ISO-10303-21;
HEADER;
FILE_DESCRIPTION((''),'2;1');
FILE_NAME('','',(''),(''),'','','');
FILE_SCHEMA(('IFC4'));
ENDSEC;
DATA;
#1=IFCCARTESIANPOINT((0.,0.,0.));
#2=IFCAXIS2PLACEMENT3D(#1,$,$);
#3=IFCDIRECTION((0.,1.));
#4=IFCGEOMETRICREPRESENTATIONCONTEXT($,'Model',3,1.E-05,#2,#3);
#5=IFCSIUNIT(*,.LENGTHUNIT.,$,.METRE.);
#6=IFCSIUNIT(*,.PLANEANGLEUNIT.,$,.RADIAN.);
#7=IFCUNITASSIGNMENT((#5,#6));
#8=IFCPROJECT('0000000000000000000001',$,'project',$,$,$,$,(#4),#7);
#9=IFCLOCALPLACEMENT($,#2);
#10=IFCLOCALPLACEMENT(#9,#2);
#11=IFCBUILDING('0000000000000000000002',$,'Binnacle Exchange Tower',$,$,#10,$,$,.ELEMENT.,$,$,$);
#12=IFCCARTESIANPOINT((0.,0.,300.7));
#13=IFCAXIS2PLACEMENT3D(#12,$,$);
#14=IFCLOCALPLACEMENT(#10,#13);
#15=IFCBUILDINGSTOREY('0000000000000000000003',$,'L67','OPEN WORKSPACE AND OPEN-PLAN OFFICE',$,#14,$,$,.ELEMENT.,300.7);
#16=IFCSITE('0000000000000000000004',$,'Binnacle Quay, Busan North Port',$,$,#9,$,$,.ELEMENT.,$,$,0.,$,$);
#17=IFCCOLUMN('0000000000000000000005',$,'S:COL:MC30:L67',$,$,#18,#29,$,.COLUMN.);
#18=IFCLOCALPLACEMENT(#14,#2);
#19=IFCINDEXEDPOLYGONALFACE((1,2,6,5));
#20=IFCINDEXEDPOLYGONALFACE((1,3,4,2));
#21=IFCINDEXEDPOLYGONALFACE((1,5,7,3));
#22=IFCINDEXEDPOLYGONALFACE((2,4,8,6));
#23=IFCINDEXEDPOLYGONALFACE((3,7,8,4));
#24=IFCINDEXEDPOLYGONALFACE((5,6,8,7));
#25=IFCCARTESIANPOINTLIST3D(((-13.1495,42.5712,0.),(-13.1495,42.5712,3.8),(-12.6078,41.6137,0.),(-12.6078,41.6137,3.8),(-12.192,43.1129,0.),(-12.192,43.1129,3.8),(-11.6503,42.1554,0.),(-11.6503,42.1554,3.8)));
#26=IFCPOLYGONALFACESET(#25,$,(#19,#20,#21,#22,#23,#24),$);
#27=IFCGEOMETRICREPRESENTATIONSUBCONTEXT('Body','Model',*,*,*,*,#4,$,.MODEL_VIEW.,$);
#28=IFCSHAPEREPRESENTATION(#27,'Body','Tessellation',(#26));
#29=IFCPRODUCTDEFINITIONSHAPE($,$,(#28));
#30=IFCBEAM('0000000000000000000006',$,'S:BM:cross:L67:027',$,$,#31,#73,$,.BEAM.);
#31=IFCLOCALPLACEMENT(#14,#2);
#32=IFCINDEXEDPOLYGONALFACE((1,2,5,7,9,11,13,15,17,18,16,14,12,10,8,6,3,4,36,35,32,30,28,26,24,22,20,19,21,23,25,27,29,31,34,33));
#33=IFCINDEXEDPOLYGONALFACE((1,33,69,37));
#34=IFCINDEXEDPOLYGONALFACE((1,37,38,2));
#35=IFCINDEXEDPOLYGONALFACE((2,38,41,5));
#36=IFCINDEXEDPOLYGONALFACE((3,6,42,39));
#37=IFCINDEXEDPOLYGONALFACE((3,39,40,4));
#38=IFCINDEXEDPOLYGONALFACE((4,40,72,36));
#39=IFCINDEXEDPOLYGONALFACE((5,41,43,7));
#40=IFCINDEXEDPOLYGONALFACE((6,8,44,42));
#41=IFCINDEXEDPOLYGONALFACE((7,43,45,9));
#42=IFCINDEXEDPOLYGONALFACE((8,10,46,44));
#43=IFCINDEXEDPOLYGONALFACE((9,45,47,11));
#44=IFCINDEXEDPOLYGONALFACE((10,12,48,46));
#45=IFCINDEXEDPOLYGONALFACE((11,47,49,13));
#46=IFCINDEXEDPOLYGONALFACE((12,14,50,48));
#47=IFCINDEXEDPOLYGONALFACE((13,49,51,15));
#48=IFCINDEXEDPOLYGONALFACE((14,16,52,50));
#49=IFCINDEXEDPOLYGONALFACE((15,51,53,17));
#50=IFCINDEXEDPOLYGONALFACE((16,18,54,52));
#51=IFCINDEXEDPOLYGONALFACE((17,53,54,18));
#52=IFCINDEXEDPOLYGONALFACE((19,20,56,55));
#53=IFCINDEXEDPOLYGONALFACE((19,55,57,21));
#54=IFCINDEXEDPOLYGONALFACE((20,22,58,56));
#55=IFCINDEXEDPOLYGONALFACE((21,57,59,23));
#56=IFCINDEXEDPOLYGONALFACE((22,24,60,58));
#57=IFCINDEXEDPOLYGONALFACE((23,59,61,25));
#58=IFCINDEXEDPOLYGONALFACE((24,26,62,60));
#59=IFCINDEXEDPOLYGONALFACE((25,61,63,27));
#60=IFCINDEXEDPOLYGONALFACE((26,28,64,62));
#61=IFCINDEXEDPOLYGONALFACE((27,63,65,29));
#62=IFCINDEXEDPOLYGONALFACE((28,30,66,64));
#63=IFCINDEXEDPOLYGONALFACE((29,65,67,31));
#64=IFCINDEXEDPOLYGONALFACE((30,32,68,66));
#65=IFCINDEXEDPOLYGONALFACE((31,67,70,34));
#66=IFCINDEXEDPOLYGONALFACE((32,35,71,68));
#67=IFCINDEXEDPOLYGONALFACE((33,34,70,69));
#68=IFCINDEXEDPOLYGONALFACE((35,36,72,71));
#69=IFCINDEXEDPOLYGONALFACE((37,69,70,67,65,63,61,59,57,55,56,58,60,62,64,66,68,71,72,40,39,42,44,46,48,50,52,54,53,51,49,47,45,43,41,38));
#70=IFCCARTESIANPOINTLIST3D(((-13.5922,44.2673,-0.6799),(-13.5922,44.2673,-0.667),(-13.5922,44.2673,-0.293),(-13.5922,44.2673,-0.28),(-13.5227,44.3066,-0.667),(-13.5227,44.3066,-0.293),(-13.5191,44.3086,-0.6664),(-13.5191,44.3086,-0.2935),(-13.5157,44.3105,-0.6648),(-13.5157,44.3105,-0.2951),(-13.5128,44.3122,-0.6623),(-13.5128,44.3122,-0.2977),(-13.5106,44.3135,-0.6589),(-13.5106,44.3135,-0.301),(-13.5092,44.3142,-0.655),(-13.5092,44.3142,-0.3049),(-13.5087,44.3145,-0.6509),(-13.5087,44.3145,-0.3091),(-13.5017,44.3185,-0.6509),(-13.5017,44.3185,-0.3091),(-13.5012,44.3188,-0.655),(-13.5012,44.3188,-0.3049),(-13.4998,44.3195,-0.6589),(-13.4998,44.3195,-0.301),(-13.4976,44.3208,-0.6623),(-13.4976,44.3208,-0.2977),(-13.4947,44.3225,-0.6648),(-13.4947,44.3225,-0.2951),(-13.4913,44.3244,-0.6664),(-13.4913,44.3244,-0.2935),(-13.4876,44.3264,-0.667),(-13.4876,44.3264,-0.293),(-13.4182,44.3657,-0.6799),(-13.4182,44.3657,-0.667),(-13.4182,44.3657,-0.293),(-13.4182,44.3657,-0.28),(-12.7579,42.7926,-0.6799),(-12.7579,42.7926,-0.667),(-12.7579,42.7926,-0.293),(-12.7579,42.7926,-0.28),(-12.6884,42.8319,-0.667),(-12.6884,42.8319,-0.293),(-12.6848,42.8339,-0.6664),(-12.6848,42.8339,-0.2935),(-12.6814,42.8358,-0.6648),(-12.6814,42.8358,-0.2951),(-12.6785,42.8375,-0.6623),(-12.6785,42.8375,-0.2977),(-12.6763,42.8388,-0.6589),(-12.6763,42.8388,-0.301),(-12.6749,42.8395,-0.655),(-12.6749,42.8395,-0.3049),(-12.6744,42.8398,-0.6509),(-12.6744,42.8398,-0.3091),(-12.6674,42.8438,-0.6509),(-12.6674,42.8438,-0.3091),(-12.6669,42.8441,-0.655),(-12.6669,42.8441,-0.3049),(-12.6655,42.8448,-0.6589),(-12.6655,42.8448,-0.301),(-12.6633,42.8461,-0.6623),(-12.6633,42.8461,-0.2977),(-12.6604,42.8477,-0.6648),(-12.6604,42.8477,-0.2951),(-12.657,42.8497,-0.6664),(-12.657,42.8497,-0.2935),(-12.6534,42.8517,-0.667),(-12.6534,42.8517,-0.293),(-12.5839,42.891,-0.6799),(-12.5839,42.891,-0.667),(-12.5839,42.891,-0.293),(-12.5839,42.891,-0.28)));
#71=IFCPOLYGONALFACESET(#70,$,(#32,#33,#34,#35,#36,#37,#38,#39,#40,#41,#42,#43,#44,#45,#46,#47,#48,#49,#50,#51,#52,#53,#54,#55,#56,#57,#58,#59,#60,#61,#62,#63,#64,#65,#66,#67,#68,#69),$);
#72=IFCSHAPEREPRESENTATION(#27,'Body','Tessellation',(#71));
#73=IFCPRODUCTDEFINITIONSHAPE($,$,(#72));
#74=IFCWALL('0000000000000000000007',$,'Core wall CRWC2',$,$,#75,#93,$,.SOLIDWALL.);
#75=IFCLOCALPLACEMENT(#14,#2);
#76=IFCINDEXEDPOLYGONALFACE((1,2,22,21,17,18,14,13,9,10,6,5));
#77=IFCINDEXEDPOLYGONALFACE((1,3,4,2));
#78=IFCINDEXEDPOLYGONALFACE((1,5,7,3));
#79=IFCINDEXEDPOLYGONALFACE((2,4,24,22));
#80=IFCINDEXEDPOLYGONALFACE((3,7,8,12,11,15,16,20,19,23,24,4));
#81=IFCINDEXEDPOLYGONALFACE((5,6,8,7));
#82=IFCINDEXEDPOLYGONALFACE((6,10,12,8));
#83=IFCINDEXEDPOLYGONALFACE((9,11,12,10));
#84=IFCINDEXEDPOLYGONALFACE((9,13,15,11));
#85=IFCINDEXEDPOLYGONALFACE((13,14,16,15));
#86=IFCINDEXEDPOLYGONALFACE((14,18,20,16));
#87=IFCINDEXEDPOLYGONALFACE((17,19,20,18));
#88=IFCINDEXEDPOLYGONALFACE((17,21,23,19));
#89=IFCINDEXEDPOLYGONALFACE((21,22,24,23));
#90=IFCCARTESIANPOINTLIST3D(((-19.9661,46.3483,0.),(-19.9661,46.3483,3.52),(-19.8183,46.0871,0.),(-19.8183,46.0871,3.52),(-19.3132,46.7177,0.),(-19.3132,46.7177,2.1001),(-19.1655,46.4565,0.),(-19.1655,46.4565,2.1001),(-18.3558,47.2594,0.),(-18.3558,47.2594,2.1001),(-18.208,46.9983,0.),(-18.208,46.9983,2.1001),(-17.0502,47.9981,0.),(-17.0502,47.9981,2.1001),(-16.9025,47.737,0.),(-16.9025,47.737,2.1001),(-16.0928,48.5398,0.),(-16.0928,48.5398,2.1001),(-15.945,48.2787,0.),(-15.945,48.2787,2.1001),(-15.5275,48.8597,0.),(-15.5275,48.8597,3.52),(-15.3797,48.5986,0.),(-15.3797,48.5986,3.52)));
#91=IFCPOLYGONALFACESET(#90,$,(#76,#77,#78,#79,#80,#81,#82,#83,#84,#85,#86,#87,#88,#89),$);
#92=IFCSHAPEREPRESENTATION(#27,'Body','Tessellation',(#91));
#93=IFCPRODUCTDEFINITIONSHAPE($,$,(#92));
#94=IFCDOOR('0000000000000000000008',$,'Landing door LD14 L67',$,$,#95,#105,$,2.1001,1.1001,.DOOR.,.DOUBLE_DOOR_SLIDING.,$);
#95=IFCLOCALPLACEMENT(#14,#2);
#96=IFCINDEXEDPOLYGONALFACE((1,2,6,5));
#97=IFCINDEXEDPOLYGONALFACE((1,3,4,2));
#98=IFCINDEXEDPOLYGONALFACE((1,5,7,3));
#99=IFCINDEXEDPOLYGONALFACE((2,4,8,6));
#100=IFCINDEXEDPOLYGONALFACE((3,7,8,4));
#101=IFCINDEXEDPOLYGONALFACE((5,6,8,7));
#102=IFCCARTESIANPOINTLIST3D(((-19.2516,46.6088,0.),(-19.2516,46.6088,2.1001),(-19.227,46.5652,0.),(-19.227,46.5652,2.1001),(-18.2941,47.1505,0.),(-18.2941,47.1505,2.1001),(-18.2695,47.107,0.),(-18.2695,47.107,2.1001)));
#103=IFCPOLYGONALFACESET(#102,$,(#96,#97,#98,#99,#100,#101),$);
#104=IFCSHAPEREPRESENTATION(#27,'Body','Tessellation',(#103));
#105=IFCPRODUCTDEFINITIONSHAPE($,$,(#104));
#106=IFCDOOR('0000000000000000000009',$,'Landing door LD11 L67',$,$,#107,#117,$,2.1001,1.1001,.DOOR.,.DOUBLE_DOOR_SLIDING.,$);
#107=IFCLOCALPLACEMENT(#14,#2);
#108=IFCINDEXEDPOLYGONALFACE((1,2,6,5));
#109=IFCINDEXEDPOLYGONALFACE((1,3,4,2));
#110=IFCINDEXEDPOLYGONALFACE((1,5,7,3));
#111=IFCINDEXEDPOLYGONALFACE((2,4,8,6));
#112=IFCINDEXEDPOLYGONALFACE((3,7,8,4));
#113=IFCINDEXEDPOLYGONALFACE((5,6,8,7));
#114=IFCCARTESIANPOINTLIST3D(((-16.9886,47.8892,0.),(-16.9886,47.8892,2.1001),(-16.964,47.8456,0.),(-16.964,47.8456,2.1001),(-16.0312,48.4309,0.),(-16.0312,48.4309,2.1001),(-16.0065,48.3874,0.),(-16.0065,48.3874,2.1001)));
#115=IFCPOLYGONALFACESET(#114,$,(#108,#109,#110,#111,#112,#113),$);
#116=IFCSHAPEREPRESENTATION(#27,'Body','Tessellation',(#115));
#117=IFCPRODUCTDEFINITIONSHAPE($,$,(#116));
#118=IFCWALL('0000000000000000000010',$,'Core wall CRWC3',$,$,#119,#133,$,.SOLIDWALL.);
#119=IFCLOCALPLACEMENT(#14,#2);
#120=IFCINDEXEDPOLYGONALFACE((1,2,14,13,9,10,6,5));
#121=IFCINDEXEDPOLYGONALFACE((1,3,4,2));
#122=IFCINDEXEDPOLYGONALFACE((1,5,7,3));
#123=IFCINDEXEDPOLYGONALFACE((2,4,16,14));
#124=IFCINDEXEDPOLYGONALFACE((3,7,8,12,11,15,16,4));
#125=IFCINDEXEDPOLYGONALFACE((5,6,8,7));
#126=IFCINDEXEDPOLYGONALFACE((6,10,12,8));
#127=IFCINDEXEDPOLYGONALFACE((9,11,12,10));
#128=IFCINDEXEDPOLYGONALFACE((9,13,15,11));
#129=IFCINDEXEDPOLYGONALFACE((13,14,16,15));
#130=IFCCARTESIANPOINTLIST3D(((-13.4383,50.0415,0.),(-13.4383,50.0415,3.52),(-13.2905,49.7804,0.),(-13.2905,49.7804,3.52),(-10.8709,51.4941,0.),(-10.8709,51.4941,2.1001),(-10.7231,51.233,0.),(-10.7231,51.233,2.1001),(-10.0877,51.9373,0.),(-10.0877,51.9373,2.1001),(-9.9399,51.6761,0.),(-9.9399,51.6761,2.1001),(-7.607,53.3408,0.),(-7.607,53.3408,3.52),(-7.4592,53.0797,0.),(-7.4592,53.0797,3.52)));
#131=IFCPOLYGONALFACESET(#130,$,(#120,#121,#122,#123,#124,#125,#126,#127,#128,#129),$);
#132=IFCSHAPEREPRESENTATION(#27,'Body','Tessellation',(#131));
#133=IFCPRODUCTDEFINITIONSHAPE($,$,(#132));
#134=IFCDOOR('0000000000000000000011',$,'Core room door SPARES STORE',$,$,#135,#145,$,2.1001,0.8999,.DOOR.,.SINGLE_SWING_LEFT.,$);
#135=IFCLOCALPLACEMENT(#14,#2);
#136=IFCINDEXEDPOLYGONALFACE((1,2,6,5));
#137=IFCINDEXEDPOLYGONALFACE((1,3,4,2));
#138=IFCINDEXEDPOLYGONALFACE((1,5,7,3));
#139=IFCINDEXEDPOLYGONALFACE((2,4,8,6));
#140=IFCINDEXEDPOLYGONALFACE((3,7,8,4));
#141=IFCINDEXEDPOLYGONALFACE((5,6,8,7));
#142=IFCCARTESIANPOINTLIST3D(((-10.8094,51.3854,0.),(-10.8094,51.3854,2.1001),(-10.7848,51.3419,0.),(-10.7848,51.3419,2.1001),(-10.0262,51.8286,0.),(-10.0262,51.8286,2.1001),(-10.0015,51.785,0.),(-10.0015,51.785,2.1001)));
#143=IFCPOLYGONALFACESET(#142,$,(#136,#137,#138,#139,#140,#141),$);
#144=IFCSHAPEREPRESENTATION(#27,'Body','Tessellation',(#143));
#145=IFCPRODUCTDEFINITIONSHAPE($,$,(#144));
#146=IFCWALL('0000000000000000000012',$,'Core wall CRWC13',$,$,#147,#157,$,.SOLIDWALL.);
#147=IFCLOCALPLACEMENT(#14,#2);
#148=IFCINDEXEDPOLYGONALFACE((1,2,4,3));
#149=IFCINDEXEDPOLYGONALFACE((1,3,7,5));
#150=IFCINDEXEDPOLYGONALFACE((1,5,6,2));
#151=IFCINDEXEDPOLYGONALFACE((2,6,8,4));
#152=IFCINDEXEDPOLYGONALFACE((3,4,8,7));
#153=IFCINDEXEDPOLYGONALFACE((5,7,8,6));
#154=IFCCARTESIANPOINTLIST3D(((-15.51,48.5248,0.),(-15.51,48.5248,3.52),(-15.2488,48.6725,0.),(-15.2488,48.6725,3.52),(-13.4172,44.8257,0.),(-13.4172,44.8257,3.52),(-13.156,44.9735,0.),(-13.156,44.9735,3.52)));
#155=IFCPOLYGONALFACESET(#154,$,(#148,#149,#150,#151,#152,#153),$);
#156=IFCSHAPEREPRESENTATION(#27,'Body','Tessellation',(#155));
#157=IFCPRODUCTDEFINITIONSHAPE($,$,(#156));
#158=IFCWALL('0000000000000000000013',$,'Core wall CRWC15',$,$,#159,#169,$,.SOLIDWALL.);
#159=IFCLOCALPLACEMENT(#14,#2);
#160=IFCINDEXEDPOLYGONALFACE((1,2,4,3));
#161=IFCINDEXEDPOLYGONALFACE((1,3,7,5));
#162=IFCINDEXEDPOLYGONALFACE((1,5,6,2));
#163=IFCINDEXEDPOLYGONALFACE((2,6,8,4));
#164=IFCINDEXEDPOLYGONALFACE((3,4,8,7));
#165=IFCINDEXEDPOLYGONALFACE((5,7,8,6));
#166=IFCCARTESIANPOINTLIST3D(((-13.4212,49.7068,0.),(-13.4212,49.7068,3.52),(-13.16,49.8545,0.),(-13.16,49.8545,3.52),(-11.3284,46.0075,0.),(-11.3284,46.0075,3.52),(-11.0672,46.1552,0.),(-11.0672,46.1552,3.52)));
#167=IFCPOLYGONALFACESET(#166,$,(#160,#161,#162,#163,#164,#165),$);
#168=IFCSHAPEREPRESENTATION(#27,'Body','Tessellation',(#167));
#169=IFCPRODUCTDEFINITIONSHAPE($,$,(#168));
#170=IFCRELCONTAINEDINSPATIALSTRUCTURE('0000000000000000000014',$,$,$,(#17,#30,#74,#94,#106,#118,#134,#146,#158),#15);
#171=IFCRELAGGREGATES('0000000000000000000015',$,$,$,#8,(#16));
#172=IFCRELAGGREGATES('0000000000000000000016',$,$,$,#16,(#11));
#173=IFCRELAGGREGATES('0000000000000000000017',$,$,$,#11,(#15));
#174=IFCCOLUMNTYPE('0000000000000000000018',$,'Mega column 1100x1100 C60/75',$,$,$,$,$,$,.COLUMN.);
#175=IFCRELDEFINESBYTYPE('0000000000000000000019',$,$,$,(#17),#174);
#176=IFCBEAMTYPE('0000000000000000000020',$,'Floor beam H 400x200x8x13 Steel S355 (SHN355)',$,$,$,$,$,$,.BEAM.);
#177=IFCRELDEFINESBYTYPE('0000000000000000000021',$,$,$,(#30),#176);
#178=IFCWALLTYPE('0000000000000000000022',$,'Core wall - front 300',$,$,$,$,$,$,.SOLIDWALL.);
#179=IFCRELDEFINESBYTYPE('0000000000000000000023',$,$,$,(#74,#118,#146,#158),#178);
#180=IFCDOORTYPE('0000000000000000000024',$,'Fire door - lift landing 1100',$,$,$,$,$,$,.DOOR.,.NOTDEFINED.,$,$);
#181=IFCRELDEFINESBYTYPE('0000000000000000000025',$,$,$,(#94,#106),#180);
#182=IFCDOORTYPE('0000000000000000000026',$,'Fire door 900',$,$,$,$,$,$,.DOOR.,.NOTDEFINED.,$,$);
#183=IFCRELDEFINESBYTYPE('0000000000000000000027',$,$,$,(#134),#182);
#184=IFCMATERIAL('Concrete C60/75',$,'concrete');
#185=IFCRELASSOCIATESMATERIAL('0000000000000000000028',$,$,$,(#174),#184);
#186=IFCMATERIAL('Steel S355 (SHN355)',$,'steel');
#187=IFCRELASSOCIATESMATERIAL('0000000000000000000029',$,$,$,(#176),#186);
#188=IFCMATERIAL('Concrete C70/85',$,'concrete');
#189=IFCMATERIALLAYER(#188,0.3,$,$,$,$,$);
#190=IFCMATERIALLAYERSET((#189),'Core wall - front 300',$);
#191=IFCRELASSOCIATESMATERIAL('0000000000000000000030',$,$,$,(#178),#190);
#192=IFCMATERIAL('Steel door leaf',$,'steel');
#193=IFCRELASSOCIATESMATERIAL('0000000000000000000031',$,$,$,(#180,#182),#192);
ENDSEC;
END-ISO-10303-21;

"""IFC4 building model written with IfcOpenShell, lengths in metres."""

from ifc_helpers import new_model, si_unit, direction, frame, frame_2d, origin, origin_2d, place, context, subcontext, project, spatial, rectangle, i_section, extrude, material, layer, layer_set, material_profile, profile_set, type_object, element, fill, save


model = new_model("IFC4")

# Units and contexts
model_context = context("Model", 3, precision=1e-05, world=origin(), true_north=direction((0.0, 1.0)))
body_context = subcontext(model_context, "Body", "Model", "MODEL_VIEW")
ifc_project = project(units=[si_unit("LENGTHUNIT", "METRE"), si_unit("PLANEANGLEUNIT", "RADIAN")], contexts=[model_context])

# Site, building, storey
site_placement = place(None, origin())
site = spatial("IfcSite", under=ifc_project, at=site_placement, Name="Binnacle Quay, Busan North Port", CompositionType="ELEMENT", RefElevation=0.0)
building_placement = place(site_placement, origin())
building = spatial("IfcBuilding", under=site, at=building_placement, Name="Binnacle Exchange Tower", CompositionType="ELEMENT")
storey_placement = place(building_placement, frame((0.0, 0.0, 300.7)))
storey = spatial("IfcBuildingStorey", under=building, at=storey_placement, Name="L67", Description="OPEN WORKSPACE AND OPEN-PLAN OFFICE", CompositionType="ELEMENT", Elevation=300.7)

# Column
ifc_material_1 = material(Name="Concrete C60/75", Category="concrete")
ifc_material_profile_1 = material_profile(ifc_material_1, rectangle(XDim=1.1001, YDim=1.1001, at=origin_2d()), Name="Mega column 1100x1100 C60/75")
ifc_profile_set_1 = profile_set([ifc_material_profile_1], Name="Concrete C60/75")
column_type = type_object("IfcColumnType", Name="Mega column 1100x1100 C60/75", PredefinedType="COLUMN", material=ifc_profile_set_1)
column_placement = place(storey_placement, frame((-12.3999, 42.3633, 0.0), z_axis=(0.0, 0.0, 1.0), x_axis=(0.870356, 0.492424, 0.0)))
element("IfcColumn", 1, at=column_placement, inside=storey, type_object=column_type, Name="S:COL:MC30:L67", PredefinedType="COLUMN", context=body_context, shape_type="SweptSolid", body=[
    extrude(rectangle(XDim=1.1001, YDim=1.1001, at=origin_2d()), origin(), (0.0, 0.0, 1.0), 3.8),
])

# Beam
ifc_material_2 = material(Name="Steel S355 (SHN355)", Category="steel")
ifc_material_profile_2 = material_profile(ifc_material_2, i_section(OverallWidth=0.2, OverallDepth=0.3999, WebThickness=0.0081, FlangeThickness=0.0129, FilletRadius=0.0161, at=origin_2d()), Name="H 400x200x8x13")
ifc_profile_set_2 = profile_set([ifc_material_profile_2], Name="Steel S355 (SHN355)")
beam_type = type_object("IfcBeamType", Name="Floor beam H 400x200x8x13 Steel S355 (SHN355)", PredefinedType="BEAM", material=ifc_profile_set_2)
beam_placement = place(storey_placement, frame((-12.6709, 42.8418, -0.48), z_axis=(-0.492394, 0.870372, 0.0), x_axis=(-0.870372, -0.492394, 0.0)))
element("IfcBeam", 2, at=beam_placement, inside=storey, type_object=beam_type, Name="S:BM:cross:L67:027", PredefinedType="BEAM", context=body_context, shape_type="SweptSolid", body=[
    extrude(i_section(OverallWidth=0.2, OverallDepth=0.3999, WebThickness=0.0081, FlangeThickness=0.0129, FilletRadius=0.0161, at=origin_2d()), origin(), (0.0, 0.0, 1.0), 1.6943),
])

# Wall, openings, doors
ifc_material_3 = material(Name="Concrete C70/85", Category="concrete")
ifc_layer_1 = layer(ifc_material_3, 0.3)
ifc_layer_set_1 = layer_set([ifc_layer_1], Name="Core wall - front 300")
wall_type_1 = type_object("IfcWallType", Name="Core wall - front 300", PredefinedType="SOLIDWALL", material=ifc_layer_set_1)
wall_1_placement = place(storey_placement, frame((-19.8921, 46.2178, 0.0), z_axis=(0.0, 0.0, 1.0), x_axis=(0.870342, 0.492448, 0.0)))
wall_1 = element("IfcWall", 3, at=wall_1_placement, inside=storey, type_object=wall_type_1, Name="Core wall CRWC2", PredefinedType="SOLIDWALL", context=body_context, shape_type="SweptSolid", body=[
    extrude(rectangle(XDim=5.0999, YDim=0.3, at=frame_2d((2.5498, 0.0))), origin(), (0.0, 0.0, 1.0), 3.52),
])
opening_1_placement = place(wall_1_placement, frame((0.75, 0.0, 0.0)))
opening_1 = element("IfcOpeningElement", 4, at=opening_1_placement, cuts=wall_1, PredefinedType="OPENING", context=body_context, shape_type="SweptSolid", body=[
    extrude(rectangle(XDim=1.1001, YDim=2.1001, at=frame_2d((0.55, 1.05))), frame((0.0, 0.1599, 0.0), z_axis=(0.0, -1.0, 0.0), x_axis=(1.0, 0.0, 0.0)), (0.0, 0.0, 1.0), 0.3201),
])
opening_2_placement = place(wall_1_placement, frame((3.3501, 0.0, 0.0)))
opening_2 = element("IfcOpeningElement", 5, at=opening_2_placement, cuts=wall_1, PredefinedType="OPENING", context=body_context, shape_type="SweptSolid", body=[
    extrude(rectangle(XDim=1.1001, YDim=2.1001, at=frame_2d((0.55, 1.05))), frame((0.0, 0.1599, 0.0), z_axis=(0.0, -1.0, 0.0), x_axis=(1.0, 0.0, 0.0)), (0.0, 0.0, 1.0), 0.3201),
])
ifc_material_4 = material(Name="Steel door leaf", Category="steel")
door_type_1 = type_object("IfcDoorType", Name="Fire door - lift landing 1100", OperationType="NOTDEFINED", PredefinedType="DOOR", material=ifc_material_4)
door_1_placement = place(opening_1_placement, origin())
door_1 = element("IfcDoor", 6, at=door_1_placement, inside=storey, type_object=door_type_1, Name="Landing door LD14 L67", OperationType="DOUBLE_DOOR_SLIDING", OverallHeight=2.1001, OverallWidth=1.1001, PredefinedType="DOOR", context=body_context, shape_type="SweptSolid", body=[
    extrude(rectangle(XDim=1.1001, YDim=2.1001, at=frame_2d((0.55, 1.05))), frame((0.0, 0.0249, 0.0), z_axis=(0.0, -1.0, 0.0), x_axis=(1.0, 0.0, 0.0)), (0.0, 0.0, 1.0), 0.05),
])
fill(opening_1, door_1)
door_2_placement = place(opening_2_placement, origin())
door_2 = element("IfcDoor", 7, at=door_2_placement, inside=storey, type_object=door_type_1, Name="Landing door LD11 L67", OperationType="DOUBLE_DOOR_SLIDING", OverallHeight=2.1001, OverallWidth=1.1001, PredefinedType="DOOR", context=body_context, shape_type="SweptSolid", body=[
    extrude(rectangle(XDim=1.1001, YDim=2.1001, at=frame_2d((0.55, 1.05))), frame((0.0, 0.0249, 0.0), z_axis=(0.0, -1.0, 0.0), x_axis=(1.0, 0.0, 0.0)), (0.0, 0.0, 1.0), 0.05),
])
fill(opening_2, door_2)

# Wall, opening, door
wall_2_placement = place(storey_placement, frame((-13.3645, 49.9109, 0.0), z_axis=(0.0, 0.0, 1.0), x_axis=(0.870348, 0.492438, 0.0)))
wall_2 = element("IfcWall", 8, at=wall_2_placement, inside=storey, type_object=wall_type_1, Name="Core wall CRWC3", PredefinedType="SOLIDWALL", context=body_context, shape_type="SweptSolid", body=[
    extrude(rectangle(XDim=6.7, YDim=0.3, at=frame_2d((3.3501, 0.0))), origin(), (0.0, 0.0, 1.0), 3.52),
])
opening_3_placement = place(wall_2_placement, frame((2.95, 0.0, 0.0)))
opening_3 = element("IfcOpeningElement", 9, at=opening_3_placement, cuts=wall_2, PredefinedType="OPENING", context=body_context, shape_type="SweptSolid", body=[
    extrude(rectangle(XDim=0.8999, YDim=2.1001, at=frame_2d((0.45, 1.05))), frame((0.0, 0.1599, 0.0), z_axis=(0.0, -1.0, 0.0), x_axis=(1.0, 0.0, 0.0)), (0.0, 0.0, 1.0), 0.3201),
])
door_type_2 = type_object("IfcDoorType", Name="Fire door 900", OperationType="NOTDEFINED", PredefinedType="DOOR", material=ifc_material_4)
door_3_placement = place(opening_3_placement, frame((0.8999, 0.0, 0.0), z_axis=(0.0, 0.0, 1.0), x_axis=(-1.0, 0.0, 0.0)))
door_3 = element("IfcDoor", 10, at=door_3_placement, inside=storey, type_object=door_type_2, Name="Core room door SPARES STORE", OperationType="SINGLE_SWING_LEFT", OverallHeight=2.1001, OverallWidth=0.8999, PredefinedType="DOOR", context=body_context, shape_type="SweptSolid", body=[
    extrude(rectangle(XDim=0.8999, YDim=2.1001, at=frame_2d((0.45, 1.05))), frame((0.0, 0.0249, 0.0), z_axis=(0.0, -1.0, 0.0), x_axis=(1.0, 0.0, 0.0)), (0.0, 0.0, 1.0), 0.05),
])
fill(opening_3, door_3)

# Walls
wall_3_placement = place(storey_placement, frame((-15.3794, 48.5986, 0.0), z_axis=(0.0, 0.0, 1.0), x_axis=(0.492423, -0.870356, 0.0)))
element("IfcWall", 11, at=wall_3_placement, inside=storey, type_object=wall_type_1, Name="Core wall CRWC13", PredefinedType="SOLIDWALL", context=body_context, shape_type="SweptSolid", body=[
    extrude(rectangle(XDim=4.25, YDim=0.3, at=frame_2d((2.125, 0.0))), origin(), (0.0, 0.0, 1.0), 3.52),
])
wall_4_placement = place(storey_placement, frame((-13.2905, 49.7805, 0.0), z_axis=(0.0, 0.0, 1.0), x_axis=(0.492398, -0.87037, 0.0)))
element("IfcWall", 12, at=wall_4_placement, inside=storey, type_object=wall_type_1, Name="Core wall CRWC15", PredefinedType="SOLIDWALL", context=body_context, shape_type="SweptSolid", body=[
    extrude(rectangle(XDim=4.2502, YDim=0.3, at=frame_2d((2.125, 0.0))), origin(), (0.0, 0.0, 1.0), 3.52),
])

save(model, "model.ifc")
